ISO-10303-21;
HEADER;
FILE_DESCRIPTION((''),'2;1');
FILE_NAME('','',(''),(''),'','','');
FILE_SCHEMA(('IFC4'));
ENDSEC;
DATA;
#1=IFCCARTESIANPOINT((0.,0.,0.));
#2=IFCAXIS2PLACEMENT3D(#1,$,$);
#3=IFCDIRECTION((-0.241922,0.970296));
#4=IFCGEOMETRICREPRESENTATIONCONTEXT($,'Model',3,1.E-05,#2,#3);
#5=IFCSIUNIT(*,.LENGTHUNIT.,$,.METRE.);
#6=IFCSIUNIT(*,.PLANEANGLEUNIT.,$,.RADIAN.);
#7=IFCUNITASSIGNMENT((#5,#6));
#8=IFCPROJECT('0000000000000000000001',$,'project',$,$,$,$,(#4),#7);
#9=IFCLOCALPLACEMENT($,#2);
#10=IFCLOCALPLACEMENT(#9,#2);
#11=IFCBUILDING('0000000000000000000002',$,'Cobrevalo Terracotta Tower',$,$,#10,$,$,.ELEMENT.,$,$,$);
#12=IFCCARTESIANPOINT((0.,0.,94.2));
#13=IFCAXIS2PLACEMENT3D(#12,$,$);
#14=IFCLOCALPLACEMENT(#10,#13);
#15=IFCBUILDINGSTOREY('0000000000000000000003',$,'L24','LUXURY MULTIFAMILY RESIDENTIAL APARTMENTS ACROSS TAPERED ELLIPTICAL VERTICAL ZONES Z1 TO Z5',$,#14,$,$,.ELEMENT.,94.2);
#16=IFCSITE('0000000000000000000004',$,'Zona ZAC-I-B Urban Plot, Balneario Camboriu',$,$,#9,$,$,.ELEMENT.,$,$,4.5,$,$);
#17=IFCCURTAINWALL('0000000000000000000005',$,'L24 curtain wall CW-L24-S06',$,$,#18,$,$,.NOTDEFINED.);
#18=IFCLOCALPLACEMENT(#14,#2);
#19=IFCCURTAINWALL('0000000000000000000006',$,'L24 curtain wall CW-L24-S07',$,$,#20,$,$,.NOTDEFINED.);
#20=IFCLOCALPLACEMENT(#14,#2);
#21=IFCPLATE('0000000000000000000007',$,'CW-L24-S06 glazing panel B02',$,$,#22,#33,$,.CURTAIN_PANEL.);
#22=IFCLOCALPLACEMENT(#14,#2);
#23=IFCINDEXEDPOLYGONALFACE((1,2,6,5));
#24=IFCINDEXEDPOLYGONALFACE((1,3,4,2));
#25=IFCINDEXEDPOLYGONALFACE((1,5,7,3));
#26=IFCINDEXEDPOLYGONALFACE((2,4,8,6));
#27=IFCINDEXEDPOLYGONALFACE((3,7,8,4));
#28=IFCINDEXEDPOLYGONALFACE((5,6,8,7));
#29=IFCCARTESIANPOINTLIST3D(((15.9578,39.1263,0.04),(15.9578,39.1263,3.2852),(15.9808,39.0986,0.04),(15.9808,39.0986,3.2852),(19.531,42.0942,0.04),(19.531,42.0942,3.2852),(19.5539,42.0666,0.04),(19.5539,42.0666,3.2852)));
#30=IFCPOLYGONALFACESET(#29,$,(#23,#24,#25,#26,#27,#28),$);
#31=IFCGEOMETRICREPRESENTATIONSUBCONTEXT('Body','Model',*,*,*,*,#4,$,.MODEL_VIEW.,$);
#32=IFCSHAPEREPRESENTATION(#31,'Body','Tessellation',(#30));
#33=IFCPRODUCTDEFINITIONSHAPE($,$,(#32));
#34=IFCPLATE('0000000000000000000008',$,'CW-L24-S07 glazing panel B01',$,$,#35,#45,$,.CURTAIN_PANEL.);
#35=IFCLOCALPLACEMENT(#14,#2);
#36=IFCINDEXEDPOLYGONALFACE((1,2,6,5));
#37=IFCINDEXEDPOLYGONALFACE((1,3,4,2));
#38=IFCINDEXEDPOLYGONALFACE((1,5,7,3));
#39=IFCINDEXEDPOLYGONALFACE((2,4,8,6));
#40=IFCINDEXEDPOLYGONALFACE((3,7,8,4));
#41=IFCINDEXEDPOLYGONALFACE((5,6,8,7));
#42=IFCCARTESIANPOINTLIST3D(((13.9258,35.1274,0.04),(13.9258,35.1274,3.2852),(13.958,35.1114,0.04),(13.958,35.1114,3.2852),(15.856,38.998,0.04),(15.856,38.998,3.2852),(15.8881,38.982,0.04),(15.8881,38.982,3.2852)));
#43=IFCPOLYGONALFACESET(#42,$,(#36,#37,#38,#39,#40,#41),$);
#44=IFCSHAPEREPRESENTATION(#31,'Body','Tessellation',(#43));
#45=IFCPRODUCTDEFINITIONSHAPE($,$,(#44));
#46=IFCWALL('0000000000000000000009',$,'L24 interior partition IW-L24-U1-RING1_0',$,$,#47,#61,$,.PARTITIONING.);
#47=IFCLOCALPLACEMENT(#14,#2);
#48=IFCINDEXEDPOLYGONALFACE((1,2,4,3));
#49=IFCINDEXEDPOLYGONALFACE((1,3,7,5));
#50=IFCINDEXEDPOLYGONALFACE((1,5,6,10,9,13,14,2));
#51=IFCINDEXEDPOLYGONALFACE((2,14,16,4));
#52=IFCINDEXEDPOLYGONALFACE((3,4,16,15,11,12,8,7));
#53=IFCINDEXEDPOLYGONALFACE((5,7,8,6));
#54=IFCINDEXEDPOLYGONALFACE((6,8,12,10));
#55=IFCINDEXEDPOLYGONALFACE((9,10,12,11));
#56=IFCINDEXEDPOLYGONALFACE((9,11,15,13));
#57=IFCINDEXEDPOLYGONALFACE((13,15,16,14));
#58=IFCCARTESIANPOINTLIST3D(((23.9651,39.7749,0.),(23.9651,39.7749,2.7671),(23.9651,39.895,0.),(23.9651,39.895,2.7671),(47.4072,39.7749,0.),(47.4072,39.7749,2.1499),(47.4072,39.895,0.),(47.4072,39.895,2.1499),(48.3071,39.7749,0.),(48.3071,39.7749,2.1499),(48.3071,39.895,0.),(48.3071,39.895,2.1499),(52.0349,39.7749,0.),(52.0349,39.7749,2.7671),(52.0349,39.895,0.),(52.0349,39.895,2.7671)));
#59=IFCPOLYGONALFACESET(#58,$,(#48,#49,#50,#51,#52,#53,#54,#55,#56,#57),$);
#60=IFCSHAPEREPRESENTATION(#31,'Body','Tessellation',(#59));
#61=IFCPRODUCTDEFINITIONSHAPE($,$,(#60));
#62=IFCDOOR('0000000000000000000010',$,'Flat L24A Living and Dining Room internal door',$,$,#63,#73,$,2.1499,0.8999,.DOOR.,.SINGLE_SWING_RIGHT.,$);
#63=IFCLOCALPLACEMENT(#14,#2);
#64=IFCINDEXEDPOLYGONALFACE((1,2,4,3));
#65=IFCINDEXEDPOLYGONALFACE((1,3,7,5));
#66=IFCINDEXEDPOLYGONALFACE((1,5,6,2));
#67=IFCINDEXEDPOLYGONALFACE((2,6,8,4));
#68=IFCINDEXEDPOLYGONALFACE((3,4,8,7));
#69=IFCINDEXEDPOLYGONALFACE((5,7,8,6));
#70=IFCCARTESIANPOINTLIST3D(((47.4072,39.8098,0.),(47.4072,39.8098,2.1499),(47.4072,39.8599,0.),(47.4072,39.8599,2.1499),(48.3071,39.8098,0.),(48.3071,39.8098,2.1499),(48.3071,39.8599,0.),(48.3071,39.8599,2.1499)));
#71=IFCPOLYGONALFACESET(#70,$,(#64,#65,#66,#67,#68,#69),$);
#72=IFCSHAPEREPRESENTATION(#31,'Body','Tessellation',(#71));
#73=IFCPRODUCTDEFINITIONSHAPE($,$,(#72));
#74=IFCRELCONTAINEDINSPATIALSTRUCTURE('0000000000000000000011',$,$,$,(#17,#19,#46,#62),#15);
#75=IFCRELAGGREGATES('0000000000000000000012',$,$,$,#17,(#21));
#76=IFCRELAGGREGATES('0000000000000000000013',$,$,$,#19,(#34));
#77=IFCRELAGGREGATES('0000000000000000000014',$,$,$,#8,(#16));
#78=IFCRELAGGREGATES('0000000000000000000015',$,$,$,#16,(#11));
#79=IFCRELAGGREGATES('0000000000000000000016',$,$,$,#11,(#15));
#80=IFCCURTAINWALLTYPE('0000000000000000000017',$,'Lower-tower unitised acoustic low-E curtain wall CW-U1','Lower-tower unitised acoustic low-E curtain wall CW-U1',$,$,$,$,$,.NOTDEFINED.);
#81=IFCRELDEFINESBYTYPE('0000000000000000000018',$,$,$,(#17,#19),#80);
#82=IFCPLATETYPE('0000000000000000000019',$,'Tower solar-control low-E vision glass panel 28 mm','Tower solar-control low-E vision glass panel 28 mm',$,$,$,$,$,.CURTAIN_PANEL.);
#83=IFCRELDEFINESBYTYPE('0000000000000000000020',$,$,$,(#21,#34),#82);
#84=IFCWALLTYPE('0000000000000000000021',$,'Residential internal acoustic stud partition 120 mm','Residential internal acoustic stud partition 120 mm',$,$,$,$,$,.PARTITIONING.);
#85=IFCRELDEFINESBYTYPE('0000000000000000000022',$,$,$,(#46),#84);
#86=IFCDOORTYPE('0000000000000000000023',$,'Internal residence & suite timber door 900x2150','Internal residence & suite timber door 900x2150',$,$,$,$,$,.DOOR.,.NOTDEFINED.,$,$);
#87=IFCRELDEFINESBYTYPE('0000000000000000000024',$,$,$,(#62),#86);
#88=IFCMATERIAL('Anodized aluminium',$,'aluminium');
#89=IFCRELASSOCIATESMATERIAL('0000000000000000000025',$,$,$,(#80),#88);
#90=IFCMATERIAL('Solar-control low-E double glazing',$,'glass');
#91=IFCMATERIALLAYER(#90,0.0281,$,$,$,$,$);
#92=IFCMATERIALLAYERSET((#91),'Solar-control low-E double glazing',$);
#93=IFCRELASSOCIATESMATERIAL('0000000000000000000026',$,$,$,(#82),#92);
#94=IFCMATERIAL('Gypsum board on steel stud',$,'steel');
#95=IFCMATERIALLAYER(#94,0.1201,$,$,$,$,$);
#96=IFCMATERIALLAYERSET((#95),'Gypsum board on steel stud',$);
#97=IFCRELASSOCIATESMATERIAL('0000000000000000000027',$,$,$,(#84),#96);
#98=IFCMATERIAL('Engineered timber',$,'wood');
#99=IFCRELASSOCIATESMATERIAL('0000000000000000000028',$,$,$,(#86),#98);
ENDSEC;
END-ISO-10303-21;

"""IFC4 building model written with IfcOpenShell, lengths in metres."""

from ifc_helpers import new_model, si_unit, direction, frame, frame_2d, origin, origin_2d, place, context, subcontext, project, spatial, rectangle, extrude, source, transform, mapped, material, layer, layer_set, type_object, element, fill, aggregate, save


model = new_model("IFC4")

# Units and contexts
model_context = context("Model", 3, precision=1e-05, world=origin(), true_north=direction((-0.241922, 0.970296)))
body_context = subcontext(model_context, "Body", "Model", "MODEL_VIEW")
ifc_project = project(units=[si_unit("LENGTHUNIT", "METRE"), si_unit("PLANEANGLEUNIT", "RADIAN")], contexts=[model_context])

# Site, building, storey
site_placement = place(None, origin())
site = spatial("IfcSite", under=ifc_project, at=site_placement, Name="Zona ZAC-I-B Urban Plot, Balneario Camboriu", CompositionType="ELEMENT", RefElevation=4.5)
building_placement = place(site_placement, origin())
building = spatial("IfcBuilding", under=site, at=building_placement, Name="Cobrevalo Terracotta Tower", CompositionType="ELEMENT")
storey_placement = place(building_placement, frame((0.0, 0.0, 94.2)))
storey = spatial("IfcBuildingStorey", under=building, at=storey_placement, Name="L24", Description="LUXURY MULTIFAMILY RESIDENTIAL APARTMENTS ACROSS TAPERED ELLIPTICAL VERTICAL ZONES Z1 TO Z5", CompositionType="ELEMENT", Elevation=94.2)

# Shared definitions
ifc_material_1 = material(Name="Anodized aluminium", Category="aluminium")
curtain_wall_type = type_object("IfcCurtainWallType", Name="Lower-tower unitised acoustic low-E curtain wall CW-U1", Description="Lower-tower unitised acoustic low-E curtain wall CW-U1", PredefinedType="NOTDEFINED", material=ifc_material_1)

# Curtain walls
curtain_wall_1_placement = place(storey_placement, origin())
curtain_wall_1 = element("IfcCurtainWall", 1, at=curtain_wall_1_placement, inside=storey, type_object=curtain_wall_type, Name="L24 curtain wall CW-L24-S06", PredefinedType="NOTDEFINED")
curtain_wall_2_placement = place(storey_placement, origin())
curtain_wall_2 = element("IfcCurtainWall", 2, at=curtain_wall_2_placement, inside=storey, type_object=curtain_wall_type, Name="L24 curtain wall CW-L24-S07", PredefinedType="NOTDEFINED")

# Plates
ifc_material_2 = material(Name="Solar-control low-E double glazing", Category="glass")
ifc_layer_1 = layer(ifc_material_2, 0.0281)
ifc_layer_set_1 = layer_set([ifc_layer_1], Name="Solar-control low-E double glazing")
plate_type = type_object("IfcPlateType", Name="Tower solar-control low-E vision glass panel 28 mm", Description="Tower solar-control low-E vision glass panel 28 mm", PredefinedType="CURTAIN_PANEL", material=ifc_layer_set_1)
shared_shape_1 = source(origin(), body_context, "Body", "SweptSolid", [
    extrude(rectangle(XDim=4.645, YDim=0.0359, at=origin_2d()), origin(), (0.0, 0.0, 1.0), 3.2451),
])
plate_1_placement = place(storey_placement, frame((17.7559, 40.5964, 0.04), z_axis=(0.0, 0.0, 1.0), x_axis=(-0.769241, -0.638958, 0.0)))
plate_1 = element("IfcPlate", 3, at=plate_1_placement, type_object=plate_type, Name="CW-L24-S06 glazing panel B02", PredefinedType="CURTAIN_PANEL", context=body_context, shape_type="MappedRepresentation", body=[
    mapped(shared_shape_1, transform((0.0, 0.0, 0.0), scale=1.0)),
])
aggregate(curtain_wall_1, [plate_1])
shared_shape_2 = source(origin(), body_context, "Body", "SweptSolid", [
    extrude(rectangle(XDim=4.3252, YDim=0.0359, at=origin_2d()), origin(), (0.0, 0.0, 1.0), 3.2451),
])
plate_2_placement = place(storey_placement, frame((14.907, 37.0547, 0.04), z_axis=(0.0, 0.0, 1.0), x_axis=(-0.446262, -0.894902, 0.0)))
plate_2 = element("IfcPlate", 4, at=plate_2_placement, type_object=plate_type, Name="CW-L24-S07 glazing panel B01", PredefinedType="CURTAIN_PANEL", context=body_context, shape_type="MappedRepresentation", body=[
    mapped(shared_shape_2, transform((0.0, 0.0, 0.0), scale=1.0)),
])
aggregate(curtain_wall_2, [plate_2])

# Wall, opening, door
ifc_material_3 = material(Name="Gypsum board on steel stud", Category="steel")
ifc_layer_2 = layer(ifc_material_3, 0.1201)
ifc_layer_set_2 = layer_set([ifc_layer_2], Name="Gypsum board on steel stud")
wall_type = type_object("IfcWallType", Name="Residential internal acoustic stud partition 120 mm", Description="Residential internal acoustic stud partition 120 mm", PredefinedType="PARTITIONING", material=ifc_layer_set_2)
wall_placement = place(storey_placement, frame((23.9651, 39.835, 0.0), z_axis=(0.0, 0.0, 1.0), x_axis=(1.0, 0.0, 0.0)))
wall = element("IfcWall", 5, at=wall_placement, inside=storey, type_object=wall_type, Name="L24 interior partition IW-L24-U1-RING1_0", PredefinedType="PARTITIONING", context=body_context, shape_type="SweptSolid", body=[
    extrude(rectangle(XDim=28.0698, YDim=0.1201, at=frame_2d((14.0349, 0.0))), origin(), (0.0, 0.0, 1.0), 2.7671),
])
opening_placement = place(wall_placement, frame((23.4421, 0.0, 0.0)))
opening = element("IfcOpeningElement", 6, at=opening_placement, cuts=wall, PredefinedType="OPENING", context=body_context, shape_type="SweptSolid", body=[
    extrude(rectangle(XDim=0.8999, YDim=2.1499, at=frame_2d((0.45, 1.075))), frame((0.0, 0.0701, 0.0), z_axis=(0.0, -1.0, 0.0), x_axis=(1.0, 0.0, 0.0)), (0.0, 0.0, 1.0), 0.1401),
])
ifc_material_4 = material(Name="Engineered timber", Category="wood")
door_type = type_object("IfcDoorType", Name="Internal residence & suite timber door 900x2150", Description="Internal residence & suite timber door 900x2150", OperationType="NOTDEFINED", PredefinedType="DOOR", material=ifc_material_4)
shared_shape_3 = source(origin(), body_context, "Body", "SweptSolid", [
    extrude(rectangle(XDim=0.8999, YDim=2.1499, at=frame_2d((0.45, 1.075))), frame((0.0, 0.0249, 0.0), z_axis=(0.0, -1.0, 0.0), x_axis=(1.0, 0.0, 0.0)), (0.0, 0.0, 1.0), 0.05),
])
door_placement = place(opening_placement, origin())
door = element("IfcDoor", 7, at=door_placement, inside=storey, type_object=door_type, Name="Flat L24A Living and Dining Room internal door", OperationType="SINGLE_SWING_RIGHT", OverallHeight=2.1499, OverallWidth=0.8999, PredefinedType="DOOR", context=body_context, shape_type="MappedRepresentation", body=[
    mapped(shared_shape_3, transform((0.0, 0.0, 0.0), scale=1.0)),
])
fill(opening, door)

save(model, "model.ifc")
